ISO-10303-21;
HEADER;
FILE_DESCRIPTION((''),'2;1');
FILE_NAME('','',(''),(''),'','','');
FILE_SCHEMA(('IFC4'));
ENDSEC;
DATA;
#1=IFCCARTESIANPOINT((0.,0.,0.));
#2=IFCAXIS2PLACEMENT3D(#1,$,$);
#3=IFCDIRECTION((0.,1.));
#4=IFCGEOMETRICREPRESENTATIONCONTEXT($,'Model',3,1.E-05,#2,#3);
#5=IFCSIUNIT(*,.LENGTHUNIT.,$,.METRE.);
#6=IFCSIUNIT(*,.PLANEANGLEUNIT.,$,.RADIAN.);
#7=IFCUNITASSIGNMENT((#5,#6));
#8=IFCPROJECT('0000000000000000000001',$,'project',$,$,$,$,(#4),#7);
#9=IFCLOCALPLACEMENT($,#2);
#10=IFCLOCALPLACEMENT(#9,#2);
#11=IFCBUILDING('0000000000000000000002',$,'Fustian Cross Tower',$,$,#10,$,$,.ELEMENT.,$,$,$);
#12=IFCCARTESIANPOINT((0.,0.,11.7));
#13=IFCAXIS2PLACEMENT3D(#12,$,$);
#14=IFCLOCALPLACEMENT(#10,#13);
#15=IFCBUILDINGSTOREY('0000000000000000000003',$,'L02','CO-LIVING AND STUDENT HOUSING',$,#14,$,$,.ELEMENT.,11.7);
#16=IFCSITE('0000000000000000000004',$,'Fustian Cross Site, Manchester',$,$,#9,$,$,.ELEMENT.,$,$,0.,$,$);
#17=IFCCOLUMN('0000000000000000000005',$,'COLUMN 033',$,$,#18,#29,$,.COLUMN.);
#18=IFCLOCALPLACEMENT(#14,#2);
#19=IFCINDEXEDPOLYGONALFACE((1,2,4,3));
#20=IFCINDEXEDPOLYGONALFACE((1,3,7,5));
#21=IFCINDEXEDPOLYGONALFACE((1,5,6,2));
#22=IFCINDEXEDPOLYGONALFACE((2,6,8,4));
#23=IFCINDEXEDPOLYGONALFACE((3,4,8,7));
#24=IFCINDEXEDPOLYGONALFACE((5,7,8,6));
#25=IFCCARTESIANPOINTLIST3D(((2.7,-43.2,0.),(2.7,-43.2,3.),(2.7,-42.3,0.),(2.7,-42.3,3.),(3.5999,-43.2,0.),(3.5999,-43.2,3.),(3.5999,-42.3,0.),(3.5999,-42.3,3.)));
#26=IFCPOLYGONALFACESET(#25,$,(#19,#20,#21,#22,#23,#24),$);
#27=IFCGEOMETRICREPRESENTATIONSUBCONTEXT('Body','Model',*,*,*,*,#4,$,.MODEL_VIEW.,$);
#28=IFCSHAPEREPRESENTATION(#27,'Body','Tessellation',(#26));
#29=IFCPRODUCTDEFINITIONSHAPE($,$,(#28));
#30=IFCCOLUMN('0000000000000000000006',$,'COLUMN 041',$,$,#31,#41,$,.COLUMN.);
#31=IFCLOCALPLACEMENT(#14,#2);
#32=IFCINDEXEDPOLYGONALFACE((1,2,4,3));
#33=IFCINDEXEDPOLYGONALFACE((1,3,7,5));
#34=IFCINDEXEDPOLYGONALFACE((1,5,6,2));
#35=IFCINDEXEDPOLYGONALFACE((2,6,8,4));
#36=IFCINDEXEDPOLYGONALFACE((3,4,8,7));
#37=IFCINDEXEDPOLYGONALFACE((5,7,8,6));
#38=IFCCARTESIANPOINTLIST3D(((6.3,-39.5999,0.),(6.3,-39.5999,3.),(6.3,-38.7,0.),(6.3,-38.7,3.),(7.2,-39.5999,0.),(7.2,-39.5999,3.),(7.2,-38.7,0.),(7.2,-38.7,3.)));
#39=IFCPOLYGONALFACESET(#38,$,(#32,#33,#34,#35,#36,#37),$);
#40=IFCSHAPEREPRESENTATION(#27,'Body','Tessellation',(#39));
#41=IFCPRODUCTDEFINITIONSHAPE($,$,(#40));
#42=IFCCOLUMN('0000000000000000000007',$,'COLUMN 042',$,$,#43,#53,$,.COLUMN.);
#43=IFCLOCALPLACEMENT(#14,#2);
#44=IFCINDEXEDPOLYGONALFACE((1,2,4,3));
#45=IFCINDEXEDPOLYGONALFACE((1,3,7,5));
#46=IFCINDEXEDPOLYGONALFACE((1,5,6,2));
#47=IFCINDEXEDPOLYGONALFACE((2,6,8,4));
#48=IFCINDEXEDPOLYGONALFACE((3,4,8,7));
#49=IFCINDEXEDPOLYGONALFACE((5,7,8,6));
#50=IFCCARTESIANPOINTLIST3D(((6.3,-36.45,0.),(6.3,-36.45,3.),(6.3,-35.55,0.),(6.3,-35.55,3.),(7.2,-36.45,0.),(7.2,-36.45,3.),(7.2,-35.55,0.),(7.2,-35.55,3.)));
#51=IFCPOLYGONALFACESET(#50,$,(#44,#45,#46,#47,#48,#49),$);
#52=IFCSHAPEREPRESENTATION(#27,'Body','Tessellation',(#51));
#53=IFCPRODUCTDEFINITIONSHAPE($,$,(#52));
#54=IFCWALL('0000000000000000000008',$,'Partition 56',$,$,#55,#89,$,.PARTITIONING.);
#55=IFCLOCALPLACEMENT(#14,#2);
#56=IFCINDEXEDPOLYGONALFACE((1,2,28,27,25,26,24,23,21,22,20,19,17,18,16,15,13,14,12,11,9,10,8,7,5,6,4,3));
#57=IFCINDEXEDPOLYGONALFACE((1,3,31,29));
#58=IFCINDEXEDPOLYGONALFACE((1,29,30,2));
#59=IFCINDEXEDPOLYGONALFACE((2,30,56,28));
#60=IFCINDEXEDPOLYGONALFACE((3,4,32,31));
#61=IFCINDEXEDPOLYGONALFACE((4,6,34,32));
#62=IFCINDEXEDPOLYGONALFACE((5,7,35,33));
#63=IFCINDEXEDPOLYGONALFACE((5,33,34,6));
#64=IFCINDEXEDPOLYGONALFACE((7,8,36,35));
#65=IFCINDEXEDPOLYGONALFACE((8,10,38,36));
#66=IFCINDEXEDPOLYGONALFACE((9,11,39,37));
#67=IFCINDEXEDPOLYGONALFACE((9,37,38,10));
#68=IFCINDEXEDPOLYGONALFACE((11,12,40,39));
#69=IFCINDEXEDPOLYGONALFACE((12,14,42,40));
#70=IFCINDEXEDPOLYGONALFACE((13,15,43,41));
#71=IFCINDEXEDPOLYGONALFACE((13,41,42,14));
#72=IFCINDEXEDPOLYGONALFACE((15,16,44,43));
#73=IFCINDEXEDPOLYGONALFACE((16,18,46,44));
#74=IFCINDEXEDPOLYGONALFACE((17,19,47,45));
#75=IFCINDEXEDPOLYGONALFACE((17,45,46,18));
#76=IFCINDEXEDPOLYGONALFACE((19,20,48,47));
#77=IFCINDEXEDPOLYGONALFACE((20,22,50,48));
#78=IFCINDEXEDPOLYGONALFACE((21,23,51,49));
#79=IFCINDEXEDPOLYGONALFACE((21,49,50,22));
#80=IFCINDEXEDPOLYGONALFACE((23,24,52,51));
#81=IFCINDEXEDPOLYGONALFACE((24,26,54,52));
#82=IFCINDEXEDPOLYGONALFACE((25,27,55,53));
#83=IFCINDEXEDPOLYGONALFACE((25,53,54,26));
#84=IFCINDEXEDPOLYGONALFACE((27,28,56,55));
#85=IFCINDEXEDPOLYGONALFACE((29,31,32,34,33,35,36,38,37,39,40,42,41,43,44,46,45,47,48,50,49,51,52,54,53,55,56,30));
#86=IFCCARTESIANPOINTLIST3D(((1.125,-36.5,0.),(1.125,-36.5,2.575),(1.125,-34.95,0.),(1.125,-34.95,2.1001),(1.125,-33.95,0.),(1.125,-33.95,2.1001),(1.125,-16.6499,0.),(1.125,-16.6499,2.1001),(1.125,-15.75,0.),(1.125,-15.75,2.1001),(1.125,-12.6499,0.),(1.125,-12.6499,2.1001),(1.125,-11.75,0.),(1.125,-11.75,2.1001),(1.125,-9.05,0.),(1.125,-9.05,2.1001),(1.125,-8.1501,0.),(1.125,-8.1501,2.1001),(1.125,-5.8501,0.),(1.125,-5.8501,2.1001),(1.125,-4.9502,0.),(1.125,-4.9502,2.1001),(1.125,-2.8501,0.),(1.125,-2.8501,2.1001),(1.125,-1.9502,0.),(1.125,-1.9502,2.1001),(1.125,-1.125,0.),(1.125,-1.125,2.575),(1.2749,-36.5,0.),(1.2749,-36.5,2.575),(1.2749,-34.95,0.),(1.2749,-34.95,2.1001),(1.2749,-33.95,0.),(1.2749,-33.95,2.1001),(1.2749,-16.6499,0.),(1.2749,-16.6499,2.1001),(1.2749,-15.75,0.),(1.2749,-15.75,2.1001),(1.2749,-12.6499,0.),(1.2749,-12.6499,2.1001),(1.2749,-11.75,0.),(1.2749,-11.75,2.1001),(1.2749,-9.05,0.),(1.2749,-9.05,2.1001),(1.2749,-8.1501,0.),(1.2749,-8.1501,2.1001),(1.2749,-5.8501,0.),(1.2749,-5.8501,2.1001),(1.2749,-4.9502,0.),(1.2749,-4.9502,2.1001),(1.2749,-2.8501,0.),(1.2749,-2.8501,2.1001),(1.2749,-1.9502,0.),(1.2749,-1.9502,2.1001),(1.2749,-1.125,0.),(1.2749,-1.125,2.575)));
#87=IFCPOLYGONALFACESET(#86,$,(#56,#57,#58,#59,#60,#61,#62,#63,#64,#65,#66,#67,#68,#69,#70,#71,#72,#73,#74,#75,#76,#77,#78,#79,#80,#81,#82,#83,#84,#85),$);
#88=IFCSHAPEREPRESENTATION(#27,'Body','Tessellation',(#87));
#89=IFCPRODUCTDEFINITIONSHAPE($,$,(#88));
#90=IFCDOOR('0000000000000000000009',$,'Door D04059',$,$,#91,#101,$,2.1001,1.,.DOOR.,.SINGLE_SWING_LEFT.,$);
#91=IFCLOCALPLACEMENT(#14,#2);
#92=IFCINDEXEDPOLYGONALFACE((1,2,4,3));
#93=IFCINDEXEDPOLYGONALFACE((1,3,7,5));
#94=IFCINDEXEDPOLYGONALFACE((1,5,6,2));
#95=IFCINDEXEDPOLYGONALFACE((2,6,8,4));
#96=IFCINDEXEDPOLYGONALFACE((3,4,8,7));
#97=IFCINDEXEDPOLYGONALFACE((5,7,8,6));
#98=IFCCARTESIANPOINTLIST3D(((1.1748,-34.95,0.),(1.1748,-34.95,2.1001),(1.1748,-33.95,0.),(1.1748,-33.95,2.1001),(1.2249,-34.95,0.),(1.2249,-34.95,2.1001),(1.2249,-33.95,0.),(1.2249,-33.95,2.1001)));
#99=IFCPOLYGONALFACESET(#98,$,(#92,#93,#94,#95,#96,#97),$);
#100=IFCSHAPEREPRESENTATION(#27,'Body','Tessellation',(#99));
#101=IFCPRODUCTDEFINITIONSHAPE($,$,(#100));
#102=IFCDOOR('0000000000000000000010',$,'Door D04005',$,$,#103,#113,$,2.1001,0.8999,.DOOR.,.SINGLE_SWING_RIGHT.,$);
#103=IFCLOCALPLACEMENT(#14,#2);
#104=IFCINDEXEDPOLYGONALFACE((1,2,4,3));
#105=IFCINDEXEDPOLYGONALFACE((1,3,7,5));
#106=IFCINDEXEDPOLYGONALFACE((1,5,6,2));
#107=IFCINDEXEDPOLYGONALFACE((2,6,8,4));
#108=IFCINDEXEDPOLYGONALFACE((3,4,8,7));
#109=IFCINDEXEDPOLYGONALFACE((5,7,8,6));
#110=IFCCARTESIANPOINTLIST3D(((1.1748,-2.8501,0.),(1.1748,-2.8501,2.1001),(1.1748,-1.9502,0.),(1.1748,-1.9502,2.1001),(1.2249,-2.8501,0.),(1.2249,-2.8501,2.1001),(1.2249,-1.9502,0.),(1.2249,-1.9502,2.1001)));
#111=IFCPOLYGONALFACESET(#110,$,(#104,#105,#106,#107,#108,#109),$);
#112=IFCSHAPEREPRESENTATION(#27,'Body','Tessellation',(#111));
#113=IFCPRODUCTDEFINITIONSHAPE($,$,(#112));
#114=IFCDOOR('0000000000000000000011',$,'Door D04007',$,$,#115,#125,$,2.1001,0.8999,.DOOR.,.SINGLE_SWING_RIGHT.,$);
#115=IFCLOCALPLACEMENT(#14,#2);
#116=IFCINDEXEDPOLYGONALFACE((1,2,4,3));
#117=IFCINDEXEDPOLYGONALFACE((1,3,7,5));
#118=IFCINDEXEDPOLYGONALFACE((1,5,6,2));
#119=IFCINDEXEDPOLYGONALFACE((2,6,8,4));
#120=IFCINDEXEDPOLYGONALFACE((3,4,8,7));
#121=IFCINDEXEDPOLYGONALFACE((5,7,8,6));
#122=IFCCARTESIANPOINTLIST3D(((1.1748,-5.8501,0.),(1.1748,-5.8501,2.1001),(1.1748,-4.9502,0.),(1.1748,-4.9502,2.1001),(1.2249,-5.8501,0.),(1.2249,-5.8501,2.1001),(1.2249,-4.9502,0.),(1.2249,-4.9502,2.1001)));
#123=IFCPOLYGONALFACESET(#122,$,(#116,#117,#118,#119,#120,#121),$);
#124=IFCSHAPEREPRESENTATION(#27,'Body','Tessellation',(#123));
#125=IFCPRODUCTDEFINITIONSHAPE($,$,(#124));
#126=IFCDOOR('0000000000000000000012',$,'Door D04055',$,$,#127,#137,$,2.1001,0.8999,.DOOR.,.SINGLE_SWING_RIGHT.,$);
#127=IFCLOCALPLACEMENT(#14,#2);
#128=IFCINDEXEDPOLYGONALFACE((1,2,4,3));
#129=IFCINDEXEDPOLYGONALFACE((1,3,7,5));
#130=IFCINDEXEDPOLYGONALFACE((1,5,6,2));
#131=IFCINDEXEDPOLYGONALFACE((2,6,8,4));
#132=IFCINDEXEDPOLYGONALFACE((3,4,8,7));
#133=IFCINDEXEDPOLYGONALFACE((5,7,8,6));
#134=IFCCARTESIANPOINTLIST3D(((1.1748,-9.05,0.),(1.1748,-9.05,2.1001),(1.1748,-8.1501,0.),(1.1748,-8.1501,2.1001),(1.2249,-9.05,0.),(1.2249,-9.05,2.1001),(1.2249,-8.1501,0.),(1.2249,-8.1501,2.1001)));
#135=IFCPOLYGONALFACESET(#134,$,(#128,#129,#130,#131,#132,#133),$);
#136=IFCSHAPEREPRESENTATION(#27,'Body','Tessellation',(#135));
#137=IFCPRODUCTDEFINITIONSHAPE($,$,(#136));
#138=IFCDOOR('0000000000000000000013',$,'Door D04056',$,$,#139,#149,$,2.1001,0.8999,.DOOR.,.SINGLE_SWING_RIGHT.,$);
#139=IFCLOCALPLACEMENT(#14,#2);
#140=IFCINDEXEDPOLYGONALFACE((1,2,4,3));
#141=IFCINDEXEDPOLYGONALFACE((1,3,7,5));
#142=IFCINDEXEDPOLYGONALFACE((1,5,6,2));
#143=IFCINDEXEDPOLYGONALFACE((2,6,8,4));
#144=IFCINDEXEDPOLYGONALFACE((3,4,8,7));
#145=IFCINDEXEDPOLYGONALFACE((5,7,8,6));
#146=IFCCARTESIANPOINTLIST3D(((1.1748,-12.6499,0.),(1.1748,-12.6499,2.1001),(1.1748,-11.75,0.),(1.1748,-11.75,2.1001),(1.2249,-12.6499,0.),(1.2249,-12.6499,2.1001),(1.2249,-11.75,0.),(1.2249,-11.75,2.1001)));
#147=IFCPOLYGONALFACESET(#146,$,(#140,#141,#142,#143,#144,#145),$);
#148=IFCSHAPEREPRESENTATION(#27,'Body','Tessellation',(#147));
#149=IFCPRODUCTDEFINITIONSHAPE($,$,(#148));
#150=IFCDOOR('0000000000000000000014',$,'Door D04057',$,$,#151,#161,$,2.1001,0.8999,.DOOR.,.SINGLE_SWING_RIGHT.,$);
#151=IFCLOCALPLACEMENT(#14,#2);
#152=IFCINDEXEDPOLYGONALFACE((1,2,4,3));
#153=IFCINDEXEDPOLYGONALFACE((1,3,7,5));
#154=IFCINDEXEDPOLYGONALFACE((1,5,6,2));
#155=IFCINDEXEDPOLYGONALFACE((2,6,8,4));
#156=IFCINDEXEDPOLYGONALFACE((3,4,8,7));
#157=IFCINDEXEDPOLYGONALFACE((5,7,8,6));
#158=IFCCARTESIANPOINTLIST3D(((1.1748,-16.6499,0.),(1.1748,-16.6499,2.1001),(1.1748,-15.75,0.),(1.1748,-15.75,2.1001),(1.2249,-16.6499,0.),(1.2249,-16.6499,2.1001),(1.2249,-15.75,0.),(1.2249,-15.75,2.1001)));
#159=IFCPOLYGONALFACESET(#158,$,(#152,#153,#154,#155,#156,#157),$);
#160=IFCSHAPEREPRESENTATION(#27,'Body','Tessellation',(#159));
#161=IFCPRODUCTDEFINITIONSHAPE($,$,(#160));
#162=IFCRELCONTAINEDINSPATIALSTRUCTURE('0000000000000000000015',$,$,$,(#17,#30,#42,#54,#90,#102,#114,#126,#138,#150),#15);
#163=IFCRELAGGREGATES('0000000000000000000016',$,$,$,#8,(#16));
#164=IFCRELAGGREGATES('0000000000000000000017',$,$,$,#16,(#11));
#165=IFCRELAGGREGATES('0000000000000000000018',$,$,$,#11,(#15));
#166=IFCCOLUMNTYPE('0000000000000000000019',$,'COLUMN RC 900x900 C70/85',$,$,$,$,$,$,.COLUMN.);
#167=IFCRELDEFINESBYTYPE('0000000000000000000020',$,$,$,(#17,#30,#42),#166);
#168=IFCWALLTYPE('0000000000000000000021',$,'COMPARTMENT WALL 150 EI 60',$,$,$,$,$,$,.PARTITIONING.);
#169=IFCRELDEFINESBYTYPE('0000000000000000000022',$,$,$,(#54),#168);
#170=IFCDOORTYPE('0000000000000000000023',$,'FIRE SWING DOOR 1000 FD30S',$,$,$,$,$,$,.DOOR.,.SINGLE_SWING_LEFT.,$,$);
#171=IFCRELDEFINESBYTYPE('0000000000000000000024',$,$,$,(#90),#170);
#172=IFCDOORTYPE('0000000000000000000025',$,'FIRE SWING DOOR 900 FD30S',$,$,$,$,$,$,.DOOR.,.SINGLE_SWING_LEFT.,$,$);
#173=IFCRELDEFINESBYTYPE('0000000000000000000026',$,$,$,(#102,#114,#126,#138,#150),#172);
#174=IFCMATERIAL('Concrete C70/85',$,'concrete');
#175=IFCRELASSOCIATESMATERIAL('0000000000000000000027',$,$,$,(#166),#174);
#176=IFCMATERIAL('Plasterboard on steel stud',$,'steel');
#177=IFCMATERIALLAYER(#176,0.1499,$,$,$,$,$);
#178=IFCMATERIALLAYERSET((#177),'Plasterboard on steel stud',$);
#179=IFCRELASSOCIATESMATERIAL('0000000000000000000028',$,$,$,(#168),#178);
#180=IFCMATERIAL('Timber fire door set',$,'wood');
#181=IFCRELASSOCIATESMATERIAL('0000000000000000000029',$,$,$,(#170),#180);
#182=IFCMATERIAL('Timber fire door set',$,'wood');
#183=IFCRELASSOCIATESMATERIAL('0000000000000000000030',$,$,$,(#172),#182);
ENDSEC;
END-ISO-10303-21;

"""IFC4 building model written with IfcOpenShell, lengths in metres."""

from ifc_helpers import new_model, si_unit, direction, frame, frame_2d, origin, origin_2d, place, context, subcontext, project, spatial, rectangle, extrude, material, layer, layer_set, material_profile, profile_set, type_object, element, fill, save


model = new_model("IFC4")

# Units and contexts
model_context = context("Model", 3, precision=1e-05, world=origin(), true_north=direction((0.0, 1.0)))
body_context = subcontext(model_context, "Body", "Model", "MODEL_VIEW")
ifc_project = project(units=[si_unit("LENGTHUNIT", "METRE"), si_unit("PLANEANGLEUNIT", "RADIAN")], contexts=[model_context])

# Site, building, storey
site_placement = place(None, origin())
site = spatial("IfcSite", under=ifc_project, at=site_placement, Name="Fustian Cross Site, Manchester", CompositionType="ELEMENT", RefElevation=0.0)
building_placement = place(site_placement, origin())
building = spatial("IfcBuilding", under=site, at=building_placement, Name="Fustian Cross Tower", CompositionType="ELEMENT")
storey_placement = place(building_placement, frame((0.0, 0.0, 11.7)))
storey = spatial("IfcBuildingStorey", under=building, at=storey_placement, Name="L02", Description="CO-LIVING AND STUDENT HOUSING", CompositionType="ELEMENT", Elevation=11.7)

# Columns
ifc_material_1 = material(Name="Concrete C70/85", Category="concrete")
ifc_material_profile = material_profile(ifc_material_1, rectangle(XDim=0.8999, YDim=0.8999, at=origin_2d()), Name="RC 900x900")
ifc_profile_set = profile_set([ifc_material_profile], Name="Concrete C70/85")
column_type = type_object("IfcColumnType", Name="COLUMN RC 900x900 C70/85", PredefinedType="COLUMN", material=ifc_profile_set)
for number, where, z_axis, x_axis, name in (
    (1, (3.1499, -42.75, 0.0), (0.0, 0.0, 1.0), (1.0, 0.0, 0.0), "COLUMN 033"),
    (2, (6.75, -39.1499, 0.0), (0.0, 0.0, 1.0), (1.0, 0.0, 0.0), "COLUMN 041"),
    (3, (6.75, -36.0, 0.0), (0.0, 0.0, 1.0), (1.0, 0.0, 0.0), "COLUMN 042"),
):
    element("IfcColumn", number, at=place(storey_placement, frame(where, z_axis=z_axis, x_axis=x_axis)), inside=storey, type_object=column_type, Name=name, PredefinedType="COLUMN", context=body_context, shape_type="SweptSolid", body=[
        extrude(rectangle(XDim=0.8999, YDim=0.8999, at=origin_2d()), origin(), (0.0, 0.0, 1.0), 3.0),
    ])

# Wall, openings, doors
ifc_material_2 = material(Name="Plasterboard on steel stud", Category="steel")
ifc_layer_1 = layer(ifc_material_2, 0.1499)
ifc_layer_set_1 = layer_set([ifc_layer_1], Name="Plasterboard on steel stud")
wall_type_1 = type_object("IfcWallType", Name="COMPARTMENT WALL 150 EI 60", PredefinedType="PARTITIONING", material=ifc_layer_set_1)
wall_1_placement = place(storey_placement, frame((1.2, -36.5, 0.0), z_axis=(0.0, 0.0, 1.0), x_axis=(0.0, 1.0, 0.0)))
wall_1 = element("IfcWall", 4, at=wall_1_placement, inside=storey, type_object=wall_type_1, Name="Partition 56", PredefinedType="PARTITIONING", context=body_context, shape_type="SweptSolid", body=[
    extrude(rectangle(XDim=35.375, YDim=0.1499, at=frame_2d((17.6875, 0.0))), origin(), (0.0, 0.0, 1.0), 2.575),
])
opening_1_placement = place(wall_1_placement, frame((33.6499, 0.0, 0.0)))
opening_1 = element("IfcOpeningElement", 5, at=opening_1_placement, cuts=wall_1, PredefinedType="OPENING", context=body_context, shape_type="SweptSolid", body=[
    extrude(rectangle(XDim=0.8999, YDim=2.1001, at=frame_2d((0.45, 1.05))), frame((0.0, 0.085, 0.0), z_axis=(0.0, -1.0, 0.0), x_axis=(1.0, 0.0, 0.0)), (0.0, 0.0, 1.0), 0.1699),
])
opening_2_placement = place(wall_1_placement, frame((30.6499, 0.0, 0.0)))
opening_2 = element("IfcOpeningElement", 6, at=opening_2_placement, cuts=wall_1, PredefinedType="OPENING", context=body_context, shape_type="SweptSolid", body=[
    extrude(rectangle(XDim=0.8999, YDim=2.1001, at=frame_2d((0.45, 1.05))), frame((0.0, 0.085, 0.0), z_axis=(0.0, -1.0, 0.0), x_axis=(1.0, 0.0, 0.0)), (0.0, 0.0, 1.0), 0.1699),
])
opening_3_placement = place(wall_1_placement, frame((27.45, 0.0, 0.0)))
opening_3 = element("IfcOpeningElement", 7, at=opening_3_placement, cuts=wall_1, PredefinedType="OPENING", context=body_context, shape_type="SweptSolid", body=[
    extrude(rectangle(XDim=0.8999, YDim=2.1001, at=frame_2d((0.45, 1.05))), frame((0.0, 0.085, 0.0), z_axis=(0.0, -1.0, 0.0), x_axis=(1.0, 0.0, 0.0)), (0.0, 0.0, 1.0), 0.1699),
])
opening_4_placement = place(wall_1_placement, frame((23.8501, 0.0, 0.0)))
opening_4 = element("IfcOpeningElement", 8, at=opening_4_placement, cuts=wall_1, PredefinedType="OPENING", context=body_context, shape_type="SweptSolid", body=[
    extrude(rectangle(XDim=0.8999, YDim=2.1001, at=frame_2d((0.45, 1.05))), frame((0.0, 0.085, 0.0), z_axis=(0.0, -1.0, 0.0), x_axis=(1.0, 0.0, 0.0)), (0.0, 0.0, 1.0), 0.1699),
])
opening_5_placement = place(wall_1_placement, frame((19.8501, 0.0, 0.0)))
opening_5 = element("IfcOpeningElement", 9, at=opening_5_placement, cuts=wall_1, PredefinedType="OPENING", context=body_context, shape_type="SweptSolid", body=[
    extrude(rectangle(XDim=0.8999, YDim=2.1001, at=frame_2d((0.45, 1.05))), frame((0.0, 0.085, 0.0), z_axis=(0.0, -1.0, 0.0), x_axis=(1.0, 0.0, 0.0)), (0.0, 0.0, 1.0), 0.1699),
])
opening_6_placement = place(wall_1_placement, frame((1.55, 0.0, 0.0)))
opening_6 = element("IfcOpeningElement", 10, at=opening_6_placement, cuts=wall_1, PredefinedType="OPENING", context=body_context, shape_type="SweptSolid", body=[
    extrude(rectangle(XDim=1.0, YDim=2.1001, at=frame_2d((0.5, 1.05))), frame((0.0, 0.085, 0.0), z_axis=(0.0, -1.0, 0.0), x_axis=(1.0, 0.0, 0.0)), (0.0, 0.0, 1.0), 0.1699),
])
ifc_material_3 = material(Name="Timber fire door set", Category="wood")
door_type_1 = type_object("IfcDoorType", Name="FIRE SWING DOOR 1000 FD30S", OperationType="SINGLE_SWING_LEFT", PredefinedType="DOOR", material=ifc_material_3)
door_1_placement = place(opening_6_placement, frame((1.0, 0.0, 0.0), z_axis=(0.0, 0.0, 1.0), x_axis=(-1.0, 0.0, 0.0)))
door_1 = element("IfcDoor", 11, at=door_1_placement, inside=storey, type_object=door_type_1, Name="Door D04059", OperationType="SINGLE_SWING_LEFT", OverallHeight=2.1001, OverallWidth=1.0, PredefinedType="DOOR", context=body_context, shape_type="SweptSolid", body=[
    extrude(rectangle(XDim=1.0, YDim=2.1001, at=frame_2d((0.5, 1.05))), frame((0.0, 0.0249, 0.0), z_axis=(0.0, -1.0, 0.0), x_axis=(1.0, 0.0, 0.0)), (0.0, 0.0, 1.0), 0.05),
])
fill(opening_6, door_1)
ifc_material_4 = material(Name="Timber fire door set", Category="wood")
door_type_2 = type_object("IfcDoorType", Name="FIRE SWING DOOR 900 FD30S", OperationType="SINGLE_SWING_LEFT", PredefinedType="DOOR", material=ifc_material_4)
door_2_placement = place(opening_1_placement, frame((0.8999, 0.0, 0.0), z_axis=(0.0, 0.0, 1.0), x_axis=(-1.0, 0.0, 0.0)))
door_2 = element("IfcDoor", 12, at=door_2_placement, inside=storey, type_object=door_type_2, Name="Door D04005", OperationType="SINGLE_SWING_RIGHT", OverallHeight=2.1001, OverallWidth=0.8999, PredefinedType="DOOR", context=body_context, shape_type="SweptSolid", body=[
    extrude(rectangle(XDim=0.8999, YDim=2.1001, at=frame_2d((0.45, 1.05))), frame((0.0, 0.0249, 0.0), z_axis=(0.0, -1.0, 0.0), x_axis=(1.0, 0.0, 0.0)), (0.0, 0.0, 1.0), 0.05),
])
fill(opening_1, door_2)
door_3_placement = place(opening_2_placement, frame((0.8999, 0.0, 0.0), z_axis=(0.0, 0.0, 1.0), x_axis=(-1.0, 0.0, 0.0)))
door_3 = element("IfcDoor", 13, at=door_3_placement, inside=storey, type_object=door_type_2, Name="Door D04007", OperationType="SINGLE_SWING_RIGHT", OverallHeight=2.1001, OverallWidth=0.8999, PredefinedType="DOOR", context=body_context, shape_type="SweptSolid", body=[
    extrude(rectangle(XDim=0.8999, YDim=2.1001, at=frame_2d((0.45, 1.05))), frame((0.0, 0.0249, 0.0), z_axis=(0.0, -1.0, 0.0), x_axis=(1.0, 0.0, 0.0)), (0.0, 0.0, 1.0), 0.05),
])
fill(opening_2, door_3)
door_4_placement = place(opening_3_placement, frame((0.8999, 0.0, 0.0), z_axis=(0.0, 0.0, 1.0), x_axis=(-1.0, 0.0, 0.0)))
door_4 = element("IfcDoor", 14, at=door_4_placement, inside=storey, type_object=door_type_2, Name="Door D04055", OperationType="SINGLE_SWING_RIGHT", OverallHeight=2.1001, OverallWidth=0.8999, PredefinedType="DOOR", context=body_context, shape_type="SweptSolid", body=[
    extrude(rectangle(XDim=0.8999, YDim=2.1001, at=frame_2d((0.45, 1.05))), frame((0.0, 0.0249, 0.0), z_axis=(0.0, -1.0, 0.0), x_axis=(1.0, 0.0, 0.0)), (0.0, 0.0, 1.0), 0.05),
])
fill(opening_3, door_4)
door_5_placement = place(opening_4_placement, frame((0.8999, 0.0, 0.0), z_axis=(0.0, 0.0, 1.0), x_axis=(-1.0, 0.0, 0.0)))
door_5 = element("IfcDoor", 15, at=door_5_placement, inside=storey, type_object=door_type_2, Name="Door D04056", OperationType="SINGLE_SWING_RIGHT", OverallHeight=2.1001, OverallWidth=0.8999, PredefinedType="DOOR", context=body_context, shape_type="SweptSolid", body=[
    extrude(rectangle(XDim=0.8999, YDim=2.1001, at=frame_2d((0.45, 1.05))), frame((0.0, 0.0249, 0.0), z_axis=(0.0, -1.0, 0.0), x_axis=(1.0, 0.0, 0.0)), (0.0, 0.0, 1.0), 0.05),
])
fill(opening_4, door_5)
door_6_placement = place(opening_5_placement, frame((0.8999, 0.0, 0.0), z_axis=(0.0, 0.0, 1.0), x_axis=(-1.0, 0.0, 0.0)))
door_6 = element("IfcDoor", 16, at=door_6_placement, inside=storey, type_object=door_type_2, Name="Door D04057", OperationType="SINGLE_SWING_RIGHT", OverallHeight=2.1001, OverallWidth=0.8999, PredefinedType="DOOR", context=body_context, shape_type="SweptSolid", body=[
    extrude(rectangle(XDim=0.8999, YDim=2.1001, at=frame_2d((0.45, 1.05))), frame((0.0, 0.0249, 0.0), z_axis=(0.0, -1.0, 0.0), x_axis=(1.0, 0.0, 0.0)), (0.0, 0.0, 1.0), 0.05),
])
fill(opening_5, door_6)

save(model, "model.ifc")
